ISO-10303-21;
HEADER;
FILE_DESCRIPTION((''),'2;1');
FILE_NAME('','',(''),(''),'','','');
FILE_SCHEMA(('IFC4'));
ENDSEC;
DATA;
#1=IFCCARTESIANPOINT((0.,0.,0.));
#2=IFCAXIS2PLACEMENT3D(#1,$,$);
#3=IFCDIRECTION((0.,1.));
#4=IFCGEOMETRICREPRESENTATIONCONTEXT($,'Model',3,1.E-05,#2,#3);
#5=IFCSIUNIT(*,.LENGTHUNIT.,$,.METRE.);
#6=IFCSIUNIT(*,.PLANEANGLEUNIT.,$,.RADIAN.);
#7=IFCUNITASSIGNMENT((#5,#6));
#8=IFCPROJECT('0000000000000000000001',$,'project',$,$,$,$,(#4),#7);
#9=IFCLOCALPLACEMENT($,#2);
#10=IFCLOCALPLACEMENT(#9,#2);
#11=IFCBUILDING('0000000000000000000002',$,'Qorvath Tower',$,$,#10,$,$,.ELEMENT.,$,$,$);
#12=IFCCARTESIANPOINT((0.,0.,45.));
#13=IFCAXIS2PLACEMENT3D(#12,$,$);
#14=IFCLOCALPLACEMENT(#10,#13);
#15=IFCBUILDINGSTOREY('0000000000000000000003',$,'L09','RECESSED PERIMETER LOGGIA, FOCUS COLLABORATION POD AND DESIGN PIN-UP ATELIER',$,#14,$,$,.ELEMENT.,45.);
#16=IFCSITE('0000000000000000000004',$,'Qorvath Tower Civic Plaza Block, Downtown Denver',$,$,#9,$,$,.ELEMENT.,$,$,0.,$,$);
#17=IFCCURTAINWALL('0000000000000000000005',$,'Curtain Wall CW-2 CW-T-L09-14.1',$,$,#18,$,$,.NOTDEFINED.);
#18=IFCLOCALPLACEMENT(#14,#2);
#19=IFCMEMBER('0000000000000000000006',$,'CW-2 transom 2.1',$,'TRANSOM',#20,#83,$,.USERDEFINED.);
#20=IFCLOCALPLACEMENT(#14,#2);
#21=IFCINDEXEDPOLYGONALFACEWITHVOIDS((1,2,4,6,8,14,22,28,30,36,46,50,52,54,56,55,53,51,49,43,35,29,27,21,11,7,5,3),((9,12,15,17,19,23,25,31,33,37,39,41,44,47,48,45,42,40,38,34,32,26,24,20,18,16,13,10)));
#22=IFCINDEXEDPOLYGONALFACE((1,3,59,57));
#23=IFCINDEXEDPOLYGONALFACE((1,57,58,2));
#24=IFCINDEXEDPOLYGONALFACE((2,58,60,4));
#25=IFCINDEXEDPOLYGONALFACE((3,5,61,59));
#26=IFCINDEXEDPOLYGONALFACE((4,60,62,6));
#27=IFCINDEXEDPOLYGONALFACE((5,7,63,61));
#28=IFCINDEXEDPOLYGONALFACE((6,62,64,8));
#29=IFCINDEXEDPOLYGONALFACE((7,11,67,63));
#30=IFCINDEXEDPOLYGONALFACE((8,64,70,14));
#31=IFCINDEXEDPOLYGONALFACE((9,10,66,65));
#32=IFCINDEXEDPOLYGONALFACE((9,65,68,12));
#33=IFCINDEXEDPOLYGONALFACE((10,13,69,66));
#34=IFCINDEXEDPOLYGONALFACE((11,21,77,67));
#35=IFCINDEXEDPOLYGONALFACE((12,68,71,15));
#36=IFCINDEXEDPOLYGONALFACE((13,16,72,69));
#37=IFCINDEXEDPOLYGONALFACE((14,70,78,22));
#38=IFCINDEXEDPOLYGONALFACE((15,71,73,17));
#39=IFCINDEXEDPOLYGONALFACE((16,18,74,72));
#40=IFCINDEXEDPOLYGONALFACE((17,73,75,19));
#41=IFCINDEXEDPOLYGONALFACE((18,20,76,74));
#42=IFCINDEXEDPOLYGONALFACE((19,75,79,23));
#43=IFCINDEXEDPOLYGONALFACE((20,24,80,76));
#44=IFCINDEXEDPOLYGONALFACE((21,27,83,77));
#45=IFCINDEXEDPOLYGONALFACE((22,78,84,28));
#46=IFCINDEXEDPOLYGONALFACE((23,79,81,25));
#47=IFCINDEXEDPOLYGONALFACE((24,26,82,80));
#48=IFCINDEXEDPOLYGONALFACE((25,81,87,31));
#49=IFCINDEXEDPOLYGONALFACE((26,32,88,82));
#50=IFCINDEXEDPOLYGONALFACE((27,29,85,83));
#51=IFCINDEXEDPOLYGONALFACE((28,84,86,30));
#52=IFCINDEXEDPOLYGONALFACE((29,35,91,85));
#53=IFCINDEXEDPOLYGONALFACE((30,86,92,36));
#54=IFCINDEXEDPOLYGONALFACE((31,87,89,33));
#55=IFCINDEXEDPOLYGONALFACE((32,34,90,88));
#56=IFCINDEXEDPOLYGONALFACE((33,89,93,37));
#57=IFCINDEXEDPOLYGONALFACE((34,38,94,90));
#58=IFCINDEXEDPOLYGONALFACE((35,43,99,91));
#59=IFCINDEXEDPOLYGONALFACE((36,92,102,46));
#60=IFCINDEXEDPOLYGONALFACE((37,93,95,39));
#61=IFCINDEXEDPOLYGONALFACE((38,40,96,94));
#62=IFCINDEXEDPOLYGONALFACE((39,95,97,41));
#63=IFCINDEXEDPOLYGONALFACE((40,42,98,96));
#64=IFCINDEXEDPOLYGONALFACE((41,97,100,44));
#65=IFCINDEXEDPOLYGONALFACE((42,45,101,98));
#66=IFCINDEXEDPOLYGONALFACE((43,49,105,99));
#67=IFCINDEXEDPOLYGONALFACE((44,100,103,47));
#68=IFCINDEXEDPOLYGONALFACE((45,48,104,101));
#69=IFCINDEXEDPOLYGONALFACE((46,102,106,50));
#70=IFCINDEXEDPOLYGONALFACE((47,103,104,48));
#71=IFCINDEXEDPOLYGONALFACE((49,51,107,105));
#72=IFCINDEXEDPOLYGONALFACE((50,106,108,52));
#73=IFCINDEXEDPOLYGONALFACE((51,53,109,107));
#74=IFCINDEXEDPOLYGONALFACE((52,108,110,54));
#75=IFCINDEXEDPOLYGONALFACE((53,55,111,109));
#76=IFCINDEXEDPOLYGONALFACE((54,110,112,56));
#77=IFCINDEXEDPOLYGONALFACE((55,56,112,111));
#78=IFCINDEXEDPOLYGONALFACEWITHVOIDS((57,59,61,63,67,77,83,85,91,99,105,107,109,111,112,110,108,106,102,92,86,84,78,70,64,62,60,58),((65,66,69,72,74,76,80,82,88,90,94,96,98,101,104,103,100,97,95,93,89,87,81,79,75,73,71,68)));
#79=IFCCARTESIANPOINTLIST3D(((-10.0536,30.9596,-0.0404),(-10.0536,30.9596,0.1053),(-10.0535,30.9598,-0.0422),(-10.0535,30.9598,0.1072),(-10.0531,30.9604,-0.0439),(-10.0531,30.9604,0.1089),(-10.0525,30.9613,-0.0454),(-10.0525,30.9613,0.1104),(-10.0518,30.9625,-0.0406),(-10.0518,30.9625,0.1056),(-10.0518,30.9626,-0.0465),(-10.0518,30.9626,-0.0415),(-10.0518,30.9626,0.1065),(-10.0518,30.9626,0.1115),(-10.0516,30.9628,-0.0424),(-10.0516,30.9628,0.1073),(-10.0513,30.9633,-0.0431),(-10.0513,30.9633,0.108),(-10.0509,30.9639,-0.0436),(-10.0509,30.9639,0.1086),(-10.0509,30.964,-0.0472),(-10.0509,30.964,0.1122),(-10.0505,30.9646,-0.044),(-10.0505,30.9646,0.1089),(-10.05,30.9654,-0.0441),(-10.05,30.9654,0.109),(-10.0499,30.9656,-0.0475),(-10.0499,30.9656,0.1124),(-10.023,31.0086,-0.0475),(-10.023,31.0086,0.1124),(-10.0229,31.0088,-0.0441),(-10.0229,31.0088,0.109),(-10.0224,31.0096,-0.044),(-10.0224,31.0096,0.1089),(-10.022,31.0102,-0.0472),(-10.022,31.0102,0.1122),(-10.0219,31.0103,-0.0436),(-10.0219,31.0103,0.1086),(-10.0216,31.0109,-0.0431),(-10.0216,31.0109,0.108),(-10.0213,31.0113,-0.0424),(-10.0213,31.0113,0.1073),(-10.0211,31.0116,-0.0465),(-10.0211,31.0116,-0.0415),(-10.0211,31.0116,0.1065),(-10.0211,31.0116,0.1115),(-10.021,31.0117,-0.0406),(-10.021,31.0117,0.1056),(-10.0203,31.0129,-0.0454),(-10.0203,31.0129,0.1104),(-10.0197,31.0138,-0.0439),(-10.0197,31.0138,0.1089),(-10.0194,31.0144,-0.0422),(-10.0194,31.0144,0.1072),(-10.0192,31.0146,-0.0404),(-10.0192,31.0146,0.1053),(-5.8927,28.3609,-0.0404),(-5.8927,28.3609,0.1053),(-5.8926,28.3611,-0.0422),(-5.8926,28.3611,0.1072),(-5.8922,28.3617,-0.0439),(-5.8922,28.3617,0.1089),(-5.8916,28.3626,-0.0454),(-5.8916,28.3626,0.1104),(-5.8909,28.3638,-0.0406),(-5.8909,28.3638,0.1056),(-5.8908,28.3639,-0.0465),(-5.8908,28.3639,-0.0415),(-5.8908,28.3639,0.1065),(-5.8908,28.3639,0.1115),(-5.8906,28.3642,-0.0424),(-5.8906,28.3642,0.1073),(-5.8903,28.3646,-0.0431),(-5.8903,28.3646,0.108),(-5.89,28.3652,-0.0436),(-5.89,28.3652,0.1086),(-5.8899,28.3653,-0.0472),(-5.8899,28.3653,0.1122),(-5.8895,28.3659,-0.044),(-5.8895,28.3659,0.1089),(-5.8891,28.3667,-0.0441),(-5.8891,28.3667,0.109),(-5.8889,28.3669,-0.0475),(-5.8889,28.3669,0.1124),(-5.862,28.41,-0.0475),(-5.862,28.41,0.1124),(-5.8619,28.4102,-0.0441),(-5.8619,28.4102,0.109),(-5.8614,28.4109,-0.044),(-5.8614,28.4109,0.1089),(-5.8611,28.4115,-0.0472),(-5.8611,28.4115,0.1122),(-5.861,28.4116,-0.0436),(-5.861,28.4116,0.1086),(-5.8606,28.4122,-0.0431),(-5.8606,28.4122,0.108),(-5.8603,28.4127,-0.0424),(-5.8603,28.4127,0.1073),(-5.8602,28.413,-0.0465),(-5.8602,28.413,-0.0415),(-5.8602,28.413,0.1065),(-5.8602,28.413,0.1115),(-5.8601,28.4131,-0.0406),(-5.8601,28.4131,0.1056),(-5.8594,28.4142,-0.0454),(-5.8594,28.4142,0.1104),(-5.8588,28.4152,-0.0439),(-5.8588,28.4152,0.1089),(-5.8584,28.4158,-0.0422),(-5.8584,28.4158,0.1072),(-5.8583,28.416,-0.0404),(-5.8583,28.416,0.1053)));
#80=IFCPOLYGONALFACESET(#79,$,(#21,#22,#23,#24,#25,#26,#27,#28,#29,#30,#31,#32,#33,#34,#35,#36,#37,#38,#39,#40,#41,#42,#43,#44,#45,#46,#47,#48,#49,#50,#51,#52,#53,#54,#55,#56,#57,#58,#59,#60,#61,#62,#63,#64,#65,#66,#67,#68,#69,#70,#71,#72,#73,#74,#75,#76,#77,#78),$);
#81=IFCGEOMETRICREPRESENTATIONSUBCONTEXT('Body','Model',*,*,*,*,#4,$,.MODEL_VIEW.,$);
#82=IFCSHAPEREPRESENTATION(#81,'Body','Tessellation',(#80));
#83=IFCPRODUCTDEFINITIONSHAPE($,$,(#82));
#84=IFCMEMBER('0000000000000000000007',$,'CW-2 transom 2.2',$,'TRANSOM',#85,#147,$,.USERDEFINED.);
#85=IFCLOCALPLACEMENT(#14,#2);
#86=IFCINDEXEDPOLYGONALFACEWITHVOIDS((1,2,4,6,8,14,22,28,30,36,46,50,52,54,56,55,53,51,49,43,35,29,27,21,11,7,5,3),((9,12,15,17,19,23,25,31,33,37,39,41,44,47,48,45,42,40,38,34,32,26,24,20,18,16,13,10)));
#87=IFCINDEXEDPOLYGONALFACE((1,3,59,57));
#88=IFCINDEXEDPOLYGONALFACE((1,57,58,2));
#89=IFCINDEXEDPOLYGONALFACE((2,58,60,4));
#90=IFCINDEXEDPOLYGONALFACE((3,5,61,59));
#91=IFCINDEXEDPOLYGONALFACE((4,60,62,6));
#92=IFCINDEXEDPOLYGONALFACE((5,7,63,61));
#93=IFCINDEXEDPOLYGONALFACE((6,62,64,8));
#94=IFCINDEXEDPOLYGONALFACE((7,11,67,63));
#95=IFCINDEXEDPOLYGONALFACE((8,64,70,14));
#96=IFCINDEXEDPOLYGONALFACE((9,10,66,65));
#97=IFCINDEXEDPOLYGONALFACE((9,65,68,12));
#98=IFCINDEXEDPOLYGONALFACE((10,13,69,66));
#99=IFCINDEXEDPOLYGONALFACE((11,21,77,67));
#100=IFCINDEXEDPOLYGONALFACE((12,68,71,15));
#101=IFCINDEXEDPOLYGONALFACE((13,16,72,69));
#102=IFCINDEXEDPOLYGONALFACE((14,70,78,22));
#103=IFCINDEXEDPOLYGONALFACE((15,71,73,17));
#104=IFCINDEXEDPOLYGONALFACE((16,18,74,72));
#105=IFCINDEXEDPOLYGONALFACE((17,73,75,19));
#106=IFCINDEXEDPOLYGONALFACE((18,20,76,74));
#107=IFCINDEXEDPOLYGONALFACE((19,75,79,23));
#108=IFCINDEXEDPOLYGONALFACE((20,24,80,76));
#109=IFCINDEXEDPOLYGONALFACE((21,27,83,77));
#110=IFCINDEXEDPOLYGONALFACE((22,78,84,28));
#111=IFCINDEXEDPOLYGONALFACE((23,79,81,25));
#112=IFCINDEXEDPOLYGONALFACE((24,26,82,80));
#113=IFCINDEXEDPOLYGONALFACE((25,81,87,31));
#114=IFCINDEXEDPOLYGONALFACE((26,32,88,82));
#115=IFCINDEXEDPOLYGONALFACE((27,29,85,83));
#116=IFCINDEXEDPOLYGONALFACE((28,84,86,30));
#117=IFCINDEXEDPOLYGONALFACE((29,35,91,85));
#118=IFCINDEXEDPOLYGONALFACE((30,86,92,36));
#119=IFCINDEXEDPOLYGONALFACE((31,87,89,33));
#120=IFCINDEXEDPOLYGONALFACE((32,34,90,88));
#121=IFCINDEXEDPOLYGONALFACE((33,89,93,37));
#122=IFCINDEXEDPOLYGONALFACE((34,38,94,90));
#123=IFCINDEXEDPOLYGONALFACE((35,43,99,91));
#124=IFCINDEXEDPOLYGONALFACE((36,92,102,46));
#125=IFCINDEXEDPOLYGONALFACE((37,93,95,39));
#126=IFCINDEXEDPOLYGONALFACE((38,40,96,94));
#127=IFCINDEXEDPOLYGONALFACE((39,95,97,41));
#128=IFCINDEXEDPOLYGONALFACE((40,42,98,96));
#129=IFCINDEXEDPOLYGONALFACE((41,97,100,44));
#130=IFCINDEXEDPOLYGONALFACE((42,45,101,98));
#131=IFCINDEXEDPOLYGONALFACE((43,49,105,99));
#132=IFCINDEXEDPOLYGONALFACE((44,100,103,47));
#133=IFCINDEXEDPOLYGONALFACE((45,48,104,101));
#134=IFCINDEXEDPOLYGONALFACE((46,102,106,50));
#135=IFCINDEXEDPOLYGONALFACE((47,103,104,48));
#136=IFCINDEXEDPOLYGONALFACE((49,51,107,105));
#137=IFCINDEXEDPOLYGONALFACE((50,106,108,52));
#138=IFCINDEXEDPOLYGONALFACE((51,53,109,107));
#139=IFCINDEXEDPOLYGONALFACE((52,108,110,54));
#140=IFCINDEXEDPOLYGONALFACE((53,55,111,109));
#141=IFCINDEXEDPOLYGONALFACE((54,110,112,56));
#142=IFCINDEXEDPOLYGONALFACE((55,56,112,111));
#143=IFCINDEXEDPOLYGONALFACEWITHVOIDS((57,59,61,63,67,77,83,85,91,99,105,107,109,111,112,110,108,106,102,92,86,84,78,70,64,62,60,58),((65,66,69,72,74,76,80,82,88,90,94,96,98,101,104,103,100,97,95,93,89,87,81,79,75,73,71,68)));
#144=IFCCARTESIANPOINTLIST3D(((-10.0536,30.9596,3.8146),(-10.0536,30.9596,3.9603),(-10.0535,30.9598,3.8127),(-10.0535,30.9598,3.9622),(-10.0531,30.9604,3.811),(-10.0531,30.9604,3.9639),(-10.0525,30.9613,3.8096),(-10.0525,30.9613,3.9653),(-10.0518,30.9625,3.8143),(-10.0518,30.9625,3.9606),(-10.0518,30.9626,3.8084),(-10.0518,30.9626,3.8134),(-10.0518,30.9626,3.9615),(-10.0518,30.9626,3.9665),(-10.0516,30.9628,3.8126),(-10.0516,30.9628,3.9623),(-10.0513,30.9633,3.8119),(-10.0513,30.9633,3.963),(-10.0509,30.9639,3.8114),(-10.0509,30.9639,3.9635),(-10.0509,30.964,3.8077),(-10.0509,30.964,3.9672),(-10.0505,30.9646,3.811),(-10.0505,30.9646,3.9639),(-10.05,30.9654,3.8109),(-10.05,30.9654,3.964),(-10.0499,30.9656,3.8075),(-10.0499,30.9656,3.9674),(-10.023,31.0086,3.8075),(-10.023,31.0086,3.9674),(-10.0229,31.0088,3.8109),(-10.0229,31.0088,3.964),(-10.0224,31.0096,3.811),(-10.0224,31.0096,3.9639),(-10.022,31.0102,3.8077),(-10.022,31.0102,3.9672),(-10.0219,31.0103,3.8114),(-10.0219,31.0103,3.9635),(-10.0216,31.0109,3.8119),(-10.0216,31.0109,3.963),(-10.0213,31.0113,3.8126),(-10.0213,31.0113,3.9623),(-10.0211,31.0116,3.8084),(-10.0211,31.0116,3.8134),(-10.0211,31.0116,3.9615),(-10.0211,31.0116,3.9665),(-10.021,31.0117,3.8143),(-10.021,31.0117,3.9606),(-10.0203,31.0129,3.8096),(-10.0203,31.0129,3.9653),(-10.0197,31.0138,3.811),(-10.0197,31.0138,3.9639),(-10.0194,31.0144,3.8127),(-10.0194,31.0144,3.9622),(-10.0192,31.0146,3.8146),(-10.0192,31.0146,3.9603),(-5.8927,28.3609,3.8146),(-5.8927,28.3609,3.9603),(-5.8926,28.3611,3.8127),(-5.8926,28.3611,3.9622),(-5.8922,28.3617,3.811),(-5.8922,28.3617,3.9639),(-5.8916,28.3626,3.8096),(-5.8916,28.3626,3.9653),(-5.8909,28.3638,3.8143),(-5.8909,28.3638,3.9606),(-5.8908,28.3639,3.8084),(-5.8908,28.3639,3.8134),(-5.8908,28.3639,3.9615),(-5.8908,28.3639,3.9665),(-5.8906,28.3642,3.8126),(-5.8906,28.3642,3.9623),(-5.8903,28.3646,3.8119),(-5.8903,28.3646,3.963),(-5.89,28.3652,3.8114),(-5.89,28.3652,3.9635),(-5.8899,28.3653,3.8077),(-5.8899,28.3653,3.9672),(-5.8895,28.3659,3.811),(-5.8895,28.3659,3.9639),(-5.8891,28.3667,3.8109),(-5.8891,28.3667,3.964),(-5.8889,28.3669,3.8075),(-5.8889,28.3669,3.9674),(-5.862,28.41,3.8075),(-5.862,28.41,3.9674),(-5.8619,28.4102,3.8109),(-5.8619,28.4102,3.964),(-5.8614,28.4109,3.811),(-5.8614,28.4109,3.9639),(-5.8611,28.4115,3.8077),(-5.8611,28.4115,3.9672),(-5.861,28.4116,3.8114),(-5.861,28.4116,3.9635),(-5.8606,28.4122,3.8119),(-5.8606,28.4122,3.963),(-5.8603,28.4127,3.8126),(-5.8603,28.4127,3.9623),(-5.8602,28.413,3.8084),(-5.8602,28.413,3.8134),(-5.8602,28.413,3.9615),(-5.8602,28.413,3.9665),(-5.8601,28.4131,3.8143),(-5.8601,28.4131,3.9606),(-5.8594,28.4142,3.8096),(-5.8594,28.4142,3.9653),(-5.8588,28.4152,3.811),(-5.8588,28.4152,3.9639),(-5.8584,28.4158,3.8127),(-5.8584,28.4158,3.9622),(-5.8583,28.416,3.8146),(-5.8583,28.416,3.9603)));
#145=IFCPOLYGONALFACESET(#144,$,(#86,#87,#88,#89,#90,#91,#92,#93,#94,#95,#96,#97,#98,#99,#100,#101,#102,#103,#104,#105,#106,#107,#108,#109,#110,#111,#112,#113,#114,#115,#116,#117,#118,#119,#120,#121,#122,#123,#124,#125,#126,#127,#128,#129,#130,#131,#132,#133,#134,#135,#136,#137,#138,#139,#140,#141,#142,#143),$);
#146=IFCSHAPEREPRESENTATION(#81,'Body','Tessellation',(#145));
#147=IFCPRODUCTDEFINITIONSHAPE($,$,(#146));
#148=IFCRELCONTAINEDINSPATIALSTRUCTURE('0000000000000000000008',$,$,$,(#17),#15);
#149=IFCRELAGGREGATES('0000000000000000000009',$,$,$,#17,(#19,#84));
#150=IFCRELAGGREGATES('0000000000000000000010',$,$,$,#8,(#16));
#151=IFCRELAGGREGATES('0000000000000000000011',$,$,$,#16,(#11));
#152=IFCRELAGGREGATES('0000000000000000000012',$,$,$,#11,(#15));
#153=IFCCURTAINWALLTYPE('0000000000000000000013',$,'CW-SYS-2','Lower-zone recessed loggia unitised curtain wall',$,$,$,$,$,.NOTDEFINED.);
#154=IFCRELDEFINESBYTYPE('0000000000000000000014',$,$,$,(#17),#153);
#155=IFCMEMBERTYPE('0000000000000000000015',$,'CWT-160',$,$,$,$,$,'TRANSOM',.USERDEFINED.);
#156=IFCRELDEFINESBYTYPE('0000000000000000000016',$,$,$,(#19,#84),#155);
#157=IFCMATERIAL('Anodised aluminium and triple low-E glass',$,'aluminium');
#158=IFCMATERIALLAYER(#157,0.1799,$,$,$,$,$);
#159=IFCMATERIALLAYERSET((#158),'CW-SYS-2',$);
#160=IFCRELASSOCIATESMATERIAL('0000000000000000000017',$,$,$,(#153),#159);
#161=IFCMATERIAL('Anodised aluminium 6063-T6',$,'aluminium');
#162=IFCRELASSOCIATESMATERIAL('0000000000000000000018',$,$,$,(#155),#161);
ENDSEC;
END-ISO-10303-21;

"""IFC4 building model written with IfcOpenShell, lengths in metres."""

from ifc_helpers import new_model, si_unit, direction, frame, origin, origin_2d, place, context, subcontext, project, spatial, hollow_rectangle, extrude, material, layer, layer_set, material_profile, profile_set, type_object, element, aggregate, save


model = new_model("IFC4")

# Units and contexts
model_context = context("Model", 3, precision=1e-05, world=origin(), true_north=direction((0.0, 1.0)))
body_context = subcontext(model_context, "Body", "Model", "MODEL_VIEW")
ifc_project = project(units=[si_unit("LENGTHUNIT", "METRE"), si_unit("PLANEANGLEUNIT", "RADIAN")], contexts=[model_context])

# Site, building, storey
site_placement = place(None, origin())
site = spatial("IfcSite", under=ifc_project, at=site_placement, Name="Qorvath Tower Civic Plaza Block, Downtown Denver", CompositionType="ELEMENT", RefElevation=0.0)
building_placement = place(site_placement, origin())
building = spatial("IfcBuilding", under=site, at=building_placement, Name="Qorvath Tower", CompositionType="ELEMENT")
storey_placement = place(building_placement, frame((0.0, 0.0, 45.0)))
storey = spatial("IfcBuildingStorey", under=building, at=storey_placement, Name="L09", Description="RECESSED PERIMETER LOGGIA, FOCUS COLLABORATION POD AND DESIGN PIN-UP ATELIER", CompositionType="ELEMENT", Elevation=45.0)

# Shared definitions
ifc_material_1 = material(Name="Anodised aluminium and triple low-E glass", Category="aluminium")
ifc_layer_1 = layer(ifc_material_1, 0.1799)
ifc_layer_set_1 = layer_set([ifc_layer_1], Name="CW-SYS-2")
curtain_wall_type = type_object("IfcCurtainWallType", Name="CW-SYS-2", Description="Lower-zone recessed loggia unitised curtain wall", PredefinedType="NOTDEFINED", material=ifc_layer_set_1)

# Curtain wall
curtain_wall_1_placement = place(storey_placement, origin())
curtain_wall_1 = element("IfcCurtainWall", 1, at=curtain_wall_1_placement, inside=storey, type_object=curtain_wall_type, Name="Curtain Wall CW-2 CW-T-L09-14.1", PredefinedType="NOTDEFINED")

# Members
ifc_material_2 = material(Name="Anodised aluminium 6063-T6", Category="aluminium")
ifc_material_profile_1 = material_profile(ifc_material_2, hollow_rectangle(XDim=0.0649, YDim=0.1599, WallThickness=0.0034, InnerFilletRadius=0.0034, OuterFilletRadius=0.0071, at=origin_2d()), Name="CWT 160x65")
ifc_profile_set_1 = profile_set([ifc_material_profile_1], Name="Anodised aluminium 6063-T6")
member_type_1 = type_object("IfcMemberType", Name="CWT-160", ElementType="TRANSOM", PredefinedType="USERDEFINED", material=ifc_profile_set_1)
member_1_placement = place(storey_placement, frame((-5.8755, 28.3884, 0.0325), z_axis=(-0.848174, 0.529717, 0.0), x_axis=(-0.529717, -0.848174, 0.0)))
member_1 = element("IfcMember", 2, at=member_1_placement, type_object=member_type_1, Name="CW-2 transom 2.1", ObjectType="TRANSOM", PredefinedType="USERDEFINED", context=body_context, shape_type="SweptSolid", body=[
    extrude(hollow_rectangle(XDim=0.0649, YDim=0.1599, WallThickness=0.0034, InnerFilletRadius=0.0034, OuterFilletRadius=0.0071, at=origin_2d()), origin(), (0.0, 0.0, 1.0), 4.9058),
])
member_2_placement = place(storey_placement, frame((-5.8755, 28.3884, 3.8875), z_axis=(-0.848174, 0.529717, 0.0), x_axis=(-0.529717, -0.848174, 0.0)))
member_2 = element("IfcMember", 3, at=member_2_placement, type_object=member_type_1, Name="CW-2 transom 2.2", ObjectType="TRANSOM", PredefinedType="USERDEFINED", context=body_context, shape_type="SweptSolid", body=[
    extrude(hollow_rectangle(XDim=0.0649, YDim=0.1599, WallThickness=0.0034, InnerFilletRadius=0.0034, OuterFilletRadius=0.0071, at=origin_2d()), origin(), (0.0, 0.0, 1.0), 4.9058),
])

aggregate(curtain_wall_1, [member_1, member_2])

save(model, "model.ifc")
